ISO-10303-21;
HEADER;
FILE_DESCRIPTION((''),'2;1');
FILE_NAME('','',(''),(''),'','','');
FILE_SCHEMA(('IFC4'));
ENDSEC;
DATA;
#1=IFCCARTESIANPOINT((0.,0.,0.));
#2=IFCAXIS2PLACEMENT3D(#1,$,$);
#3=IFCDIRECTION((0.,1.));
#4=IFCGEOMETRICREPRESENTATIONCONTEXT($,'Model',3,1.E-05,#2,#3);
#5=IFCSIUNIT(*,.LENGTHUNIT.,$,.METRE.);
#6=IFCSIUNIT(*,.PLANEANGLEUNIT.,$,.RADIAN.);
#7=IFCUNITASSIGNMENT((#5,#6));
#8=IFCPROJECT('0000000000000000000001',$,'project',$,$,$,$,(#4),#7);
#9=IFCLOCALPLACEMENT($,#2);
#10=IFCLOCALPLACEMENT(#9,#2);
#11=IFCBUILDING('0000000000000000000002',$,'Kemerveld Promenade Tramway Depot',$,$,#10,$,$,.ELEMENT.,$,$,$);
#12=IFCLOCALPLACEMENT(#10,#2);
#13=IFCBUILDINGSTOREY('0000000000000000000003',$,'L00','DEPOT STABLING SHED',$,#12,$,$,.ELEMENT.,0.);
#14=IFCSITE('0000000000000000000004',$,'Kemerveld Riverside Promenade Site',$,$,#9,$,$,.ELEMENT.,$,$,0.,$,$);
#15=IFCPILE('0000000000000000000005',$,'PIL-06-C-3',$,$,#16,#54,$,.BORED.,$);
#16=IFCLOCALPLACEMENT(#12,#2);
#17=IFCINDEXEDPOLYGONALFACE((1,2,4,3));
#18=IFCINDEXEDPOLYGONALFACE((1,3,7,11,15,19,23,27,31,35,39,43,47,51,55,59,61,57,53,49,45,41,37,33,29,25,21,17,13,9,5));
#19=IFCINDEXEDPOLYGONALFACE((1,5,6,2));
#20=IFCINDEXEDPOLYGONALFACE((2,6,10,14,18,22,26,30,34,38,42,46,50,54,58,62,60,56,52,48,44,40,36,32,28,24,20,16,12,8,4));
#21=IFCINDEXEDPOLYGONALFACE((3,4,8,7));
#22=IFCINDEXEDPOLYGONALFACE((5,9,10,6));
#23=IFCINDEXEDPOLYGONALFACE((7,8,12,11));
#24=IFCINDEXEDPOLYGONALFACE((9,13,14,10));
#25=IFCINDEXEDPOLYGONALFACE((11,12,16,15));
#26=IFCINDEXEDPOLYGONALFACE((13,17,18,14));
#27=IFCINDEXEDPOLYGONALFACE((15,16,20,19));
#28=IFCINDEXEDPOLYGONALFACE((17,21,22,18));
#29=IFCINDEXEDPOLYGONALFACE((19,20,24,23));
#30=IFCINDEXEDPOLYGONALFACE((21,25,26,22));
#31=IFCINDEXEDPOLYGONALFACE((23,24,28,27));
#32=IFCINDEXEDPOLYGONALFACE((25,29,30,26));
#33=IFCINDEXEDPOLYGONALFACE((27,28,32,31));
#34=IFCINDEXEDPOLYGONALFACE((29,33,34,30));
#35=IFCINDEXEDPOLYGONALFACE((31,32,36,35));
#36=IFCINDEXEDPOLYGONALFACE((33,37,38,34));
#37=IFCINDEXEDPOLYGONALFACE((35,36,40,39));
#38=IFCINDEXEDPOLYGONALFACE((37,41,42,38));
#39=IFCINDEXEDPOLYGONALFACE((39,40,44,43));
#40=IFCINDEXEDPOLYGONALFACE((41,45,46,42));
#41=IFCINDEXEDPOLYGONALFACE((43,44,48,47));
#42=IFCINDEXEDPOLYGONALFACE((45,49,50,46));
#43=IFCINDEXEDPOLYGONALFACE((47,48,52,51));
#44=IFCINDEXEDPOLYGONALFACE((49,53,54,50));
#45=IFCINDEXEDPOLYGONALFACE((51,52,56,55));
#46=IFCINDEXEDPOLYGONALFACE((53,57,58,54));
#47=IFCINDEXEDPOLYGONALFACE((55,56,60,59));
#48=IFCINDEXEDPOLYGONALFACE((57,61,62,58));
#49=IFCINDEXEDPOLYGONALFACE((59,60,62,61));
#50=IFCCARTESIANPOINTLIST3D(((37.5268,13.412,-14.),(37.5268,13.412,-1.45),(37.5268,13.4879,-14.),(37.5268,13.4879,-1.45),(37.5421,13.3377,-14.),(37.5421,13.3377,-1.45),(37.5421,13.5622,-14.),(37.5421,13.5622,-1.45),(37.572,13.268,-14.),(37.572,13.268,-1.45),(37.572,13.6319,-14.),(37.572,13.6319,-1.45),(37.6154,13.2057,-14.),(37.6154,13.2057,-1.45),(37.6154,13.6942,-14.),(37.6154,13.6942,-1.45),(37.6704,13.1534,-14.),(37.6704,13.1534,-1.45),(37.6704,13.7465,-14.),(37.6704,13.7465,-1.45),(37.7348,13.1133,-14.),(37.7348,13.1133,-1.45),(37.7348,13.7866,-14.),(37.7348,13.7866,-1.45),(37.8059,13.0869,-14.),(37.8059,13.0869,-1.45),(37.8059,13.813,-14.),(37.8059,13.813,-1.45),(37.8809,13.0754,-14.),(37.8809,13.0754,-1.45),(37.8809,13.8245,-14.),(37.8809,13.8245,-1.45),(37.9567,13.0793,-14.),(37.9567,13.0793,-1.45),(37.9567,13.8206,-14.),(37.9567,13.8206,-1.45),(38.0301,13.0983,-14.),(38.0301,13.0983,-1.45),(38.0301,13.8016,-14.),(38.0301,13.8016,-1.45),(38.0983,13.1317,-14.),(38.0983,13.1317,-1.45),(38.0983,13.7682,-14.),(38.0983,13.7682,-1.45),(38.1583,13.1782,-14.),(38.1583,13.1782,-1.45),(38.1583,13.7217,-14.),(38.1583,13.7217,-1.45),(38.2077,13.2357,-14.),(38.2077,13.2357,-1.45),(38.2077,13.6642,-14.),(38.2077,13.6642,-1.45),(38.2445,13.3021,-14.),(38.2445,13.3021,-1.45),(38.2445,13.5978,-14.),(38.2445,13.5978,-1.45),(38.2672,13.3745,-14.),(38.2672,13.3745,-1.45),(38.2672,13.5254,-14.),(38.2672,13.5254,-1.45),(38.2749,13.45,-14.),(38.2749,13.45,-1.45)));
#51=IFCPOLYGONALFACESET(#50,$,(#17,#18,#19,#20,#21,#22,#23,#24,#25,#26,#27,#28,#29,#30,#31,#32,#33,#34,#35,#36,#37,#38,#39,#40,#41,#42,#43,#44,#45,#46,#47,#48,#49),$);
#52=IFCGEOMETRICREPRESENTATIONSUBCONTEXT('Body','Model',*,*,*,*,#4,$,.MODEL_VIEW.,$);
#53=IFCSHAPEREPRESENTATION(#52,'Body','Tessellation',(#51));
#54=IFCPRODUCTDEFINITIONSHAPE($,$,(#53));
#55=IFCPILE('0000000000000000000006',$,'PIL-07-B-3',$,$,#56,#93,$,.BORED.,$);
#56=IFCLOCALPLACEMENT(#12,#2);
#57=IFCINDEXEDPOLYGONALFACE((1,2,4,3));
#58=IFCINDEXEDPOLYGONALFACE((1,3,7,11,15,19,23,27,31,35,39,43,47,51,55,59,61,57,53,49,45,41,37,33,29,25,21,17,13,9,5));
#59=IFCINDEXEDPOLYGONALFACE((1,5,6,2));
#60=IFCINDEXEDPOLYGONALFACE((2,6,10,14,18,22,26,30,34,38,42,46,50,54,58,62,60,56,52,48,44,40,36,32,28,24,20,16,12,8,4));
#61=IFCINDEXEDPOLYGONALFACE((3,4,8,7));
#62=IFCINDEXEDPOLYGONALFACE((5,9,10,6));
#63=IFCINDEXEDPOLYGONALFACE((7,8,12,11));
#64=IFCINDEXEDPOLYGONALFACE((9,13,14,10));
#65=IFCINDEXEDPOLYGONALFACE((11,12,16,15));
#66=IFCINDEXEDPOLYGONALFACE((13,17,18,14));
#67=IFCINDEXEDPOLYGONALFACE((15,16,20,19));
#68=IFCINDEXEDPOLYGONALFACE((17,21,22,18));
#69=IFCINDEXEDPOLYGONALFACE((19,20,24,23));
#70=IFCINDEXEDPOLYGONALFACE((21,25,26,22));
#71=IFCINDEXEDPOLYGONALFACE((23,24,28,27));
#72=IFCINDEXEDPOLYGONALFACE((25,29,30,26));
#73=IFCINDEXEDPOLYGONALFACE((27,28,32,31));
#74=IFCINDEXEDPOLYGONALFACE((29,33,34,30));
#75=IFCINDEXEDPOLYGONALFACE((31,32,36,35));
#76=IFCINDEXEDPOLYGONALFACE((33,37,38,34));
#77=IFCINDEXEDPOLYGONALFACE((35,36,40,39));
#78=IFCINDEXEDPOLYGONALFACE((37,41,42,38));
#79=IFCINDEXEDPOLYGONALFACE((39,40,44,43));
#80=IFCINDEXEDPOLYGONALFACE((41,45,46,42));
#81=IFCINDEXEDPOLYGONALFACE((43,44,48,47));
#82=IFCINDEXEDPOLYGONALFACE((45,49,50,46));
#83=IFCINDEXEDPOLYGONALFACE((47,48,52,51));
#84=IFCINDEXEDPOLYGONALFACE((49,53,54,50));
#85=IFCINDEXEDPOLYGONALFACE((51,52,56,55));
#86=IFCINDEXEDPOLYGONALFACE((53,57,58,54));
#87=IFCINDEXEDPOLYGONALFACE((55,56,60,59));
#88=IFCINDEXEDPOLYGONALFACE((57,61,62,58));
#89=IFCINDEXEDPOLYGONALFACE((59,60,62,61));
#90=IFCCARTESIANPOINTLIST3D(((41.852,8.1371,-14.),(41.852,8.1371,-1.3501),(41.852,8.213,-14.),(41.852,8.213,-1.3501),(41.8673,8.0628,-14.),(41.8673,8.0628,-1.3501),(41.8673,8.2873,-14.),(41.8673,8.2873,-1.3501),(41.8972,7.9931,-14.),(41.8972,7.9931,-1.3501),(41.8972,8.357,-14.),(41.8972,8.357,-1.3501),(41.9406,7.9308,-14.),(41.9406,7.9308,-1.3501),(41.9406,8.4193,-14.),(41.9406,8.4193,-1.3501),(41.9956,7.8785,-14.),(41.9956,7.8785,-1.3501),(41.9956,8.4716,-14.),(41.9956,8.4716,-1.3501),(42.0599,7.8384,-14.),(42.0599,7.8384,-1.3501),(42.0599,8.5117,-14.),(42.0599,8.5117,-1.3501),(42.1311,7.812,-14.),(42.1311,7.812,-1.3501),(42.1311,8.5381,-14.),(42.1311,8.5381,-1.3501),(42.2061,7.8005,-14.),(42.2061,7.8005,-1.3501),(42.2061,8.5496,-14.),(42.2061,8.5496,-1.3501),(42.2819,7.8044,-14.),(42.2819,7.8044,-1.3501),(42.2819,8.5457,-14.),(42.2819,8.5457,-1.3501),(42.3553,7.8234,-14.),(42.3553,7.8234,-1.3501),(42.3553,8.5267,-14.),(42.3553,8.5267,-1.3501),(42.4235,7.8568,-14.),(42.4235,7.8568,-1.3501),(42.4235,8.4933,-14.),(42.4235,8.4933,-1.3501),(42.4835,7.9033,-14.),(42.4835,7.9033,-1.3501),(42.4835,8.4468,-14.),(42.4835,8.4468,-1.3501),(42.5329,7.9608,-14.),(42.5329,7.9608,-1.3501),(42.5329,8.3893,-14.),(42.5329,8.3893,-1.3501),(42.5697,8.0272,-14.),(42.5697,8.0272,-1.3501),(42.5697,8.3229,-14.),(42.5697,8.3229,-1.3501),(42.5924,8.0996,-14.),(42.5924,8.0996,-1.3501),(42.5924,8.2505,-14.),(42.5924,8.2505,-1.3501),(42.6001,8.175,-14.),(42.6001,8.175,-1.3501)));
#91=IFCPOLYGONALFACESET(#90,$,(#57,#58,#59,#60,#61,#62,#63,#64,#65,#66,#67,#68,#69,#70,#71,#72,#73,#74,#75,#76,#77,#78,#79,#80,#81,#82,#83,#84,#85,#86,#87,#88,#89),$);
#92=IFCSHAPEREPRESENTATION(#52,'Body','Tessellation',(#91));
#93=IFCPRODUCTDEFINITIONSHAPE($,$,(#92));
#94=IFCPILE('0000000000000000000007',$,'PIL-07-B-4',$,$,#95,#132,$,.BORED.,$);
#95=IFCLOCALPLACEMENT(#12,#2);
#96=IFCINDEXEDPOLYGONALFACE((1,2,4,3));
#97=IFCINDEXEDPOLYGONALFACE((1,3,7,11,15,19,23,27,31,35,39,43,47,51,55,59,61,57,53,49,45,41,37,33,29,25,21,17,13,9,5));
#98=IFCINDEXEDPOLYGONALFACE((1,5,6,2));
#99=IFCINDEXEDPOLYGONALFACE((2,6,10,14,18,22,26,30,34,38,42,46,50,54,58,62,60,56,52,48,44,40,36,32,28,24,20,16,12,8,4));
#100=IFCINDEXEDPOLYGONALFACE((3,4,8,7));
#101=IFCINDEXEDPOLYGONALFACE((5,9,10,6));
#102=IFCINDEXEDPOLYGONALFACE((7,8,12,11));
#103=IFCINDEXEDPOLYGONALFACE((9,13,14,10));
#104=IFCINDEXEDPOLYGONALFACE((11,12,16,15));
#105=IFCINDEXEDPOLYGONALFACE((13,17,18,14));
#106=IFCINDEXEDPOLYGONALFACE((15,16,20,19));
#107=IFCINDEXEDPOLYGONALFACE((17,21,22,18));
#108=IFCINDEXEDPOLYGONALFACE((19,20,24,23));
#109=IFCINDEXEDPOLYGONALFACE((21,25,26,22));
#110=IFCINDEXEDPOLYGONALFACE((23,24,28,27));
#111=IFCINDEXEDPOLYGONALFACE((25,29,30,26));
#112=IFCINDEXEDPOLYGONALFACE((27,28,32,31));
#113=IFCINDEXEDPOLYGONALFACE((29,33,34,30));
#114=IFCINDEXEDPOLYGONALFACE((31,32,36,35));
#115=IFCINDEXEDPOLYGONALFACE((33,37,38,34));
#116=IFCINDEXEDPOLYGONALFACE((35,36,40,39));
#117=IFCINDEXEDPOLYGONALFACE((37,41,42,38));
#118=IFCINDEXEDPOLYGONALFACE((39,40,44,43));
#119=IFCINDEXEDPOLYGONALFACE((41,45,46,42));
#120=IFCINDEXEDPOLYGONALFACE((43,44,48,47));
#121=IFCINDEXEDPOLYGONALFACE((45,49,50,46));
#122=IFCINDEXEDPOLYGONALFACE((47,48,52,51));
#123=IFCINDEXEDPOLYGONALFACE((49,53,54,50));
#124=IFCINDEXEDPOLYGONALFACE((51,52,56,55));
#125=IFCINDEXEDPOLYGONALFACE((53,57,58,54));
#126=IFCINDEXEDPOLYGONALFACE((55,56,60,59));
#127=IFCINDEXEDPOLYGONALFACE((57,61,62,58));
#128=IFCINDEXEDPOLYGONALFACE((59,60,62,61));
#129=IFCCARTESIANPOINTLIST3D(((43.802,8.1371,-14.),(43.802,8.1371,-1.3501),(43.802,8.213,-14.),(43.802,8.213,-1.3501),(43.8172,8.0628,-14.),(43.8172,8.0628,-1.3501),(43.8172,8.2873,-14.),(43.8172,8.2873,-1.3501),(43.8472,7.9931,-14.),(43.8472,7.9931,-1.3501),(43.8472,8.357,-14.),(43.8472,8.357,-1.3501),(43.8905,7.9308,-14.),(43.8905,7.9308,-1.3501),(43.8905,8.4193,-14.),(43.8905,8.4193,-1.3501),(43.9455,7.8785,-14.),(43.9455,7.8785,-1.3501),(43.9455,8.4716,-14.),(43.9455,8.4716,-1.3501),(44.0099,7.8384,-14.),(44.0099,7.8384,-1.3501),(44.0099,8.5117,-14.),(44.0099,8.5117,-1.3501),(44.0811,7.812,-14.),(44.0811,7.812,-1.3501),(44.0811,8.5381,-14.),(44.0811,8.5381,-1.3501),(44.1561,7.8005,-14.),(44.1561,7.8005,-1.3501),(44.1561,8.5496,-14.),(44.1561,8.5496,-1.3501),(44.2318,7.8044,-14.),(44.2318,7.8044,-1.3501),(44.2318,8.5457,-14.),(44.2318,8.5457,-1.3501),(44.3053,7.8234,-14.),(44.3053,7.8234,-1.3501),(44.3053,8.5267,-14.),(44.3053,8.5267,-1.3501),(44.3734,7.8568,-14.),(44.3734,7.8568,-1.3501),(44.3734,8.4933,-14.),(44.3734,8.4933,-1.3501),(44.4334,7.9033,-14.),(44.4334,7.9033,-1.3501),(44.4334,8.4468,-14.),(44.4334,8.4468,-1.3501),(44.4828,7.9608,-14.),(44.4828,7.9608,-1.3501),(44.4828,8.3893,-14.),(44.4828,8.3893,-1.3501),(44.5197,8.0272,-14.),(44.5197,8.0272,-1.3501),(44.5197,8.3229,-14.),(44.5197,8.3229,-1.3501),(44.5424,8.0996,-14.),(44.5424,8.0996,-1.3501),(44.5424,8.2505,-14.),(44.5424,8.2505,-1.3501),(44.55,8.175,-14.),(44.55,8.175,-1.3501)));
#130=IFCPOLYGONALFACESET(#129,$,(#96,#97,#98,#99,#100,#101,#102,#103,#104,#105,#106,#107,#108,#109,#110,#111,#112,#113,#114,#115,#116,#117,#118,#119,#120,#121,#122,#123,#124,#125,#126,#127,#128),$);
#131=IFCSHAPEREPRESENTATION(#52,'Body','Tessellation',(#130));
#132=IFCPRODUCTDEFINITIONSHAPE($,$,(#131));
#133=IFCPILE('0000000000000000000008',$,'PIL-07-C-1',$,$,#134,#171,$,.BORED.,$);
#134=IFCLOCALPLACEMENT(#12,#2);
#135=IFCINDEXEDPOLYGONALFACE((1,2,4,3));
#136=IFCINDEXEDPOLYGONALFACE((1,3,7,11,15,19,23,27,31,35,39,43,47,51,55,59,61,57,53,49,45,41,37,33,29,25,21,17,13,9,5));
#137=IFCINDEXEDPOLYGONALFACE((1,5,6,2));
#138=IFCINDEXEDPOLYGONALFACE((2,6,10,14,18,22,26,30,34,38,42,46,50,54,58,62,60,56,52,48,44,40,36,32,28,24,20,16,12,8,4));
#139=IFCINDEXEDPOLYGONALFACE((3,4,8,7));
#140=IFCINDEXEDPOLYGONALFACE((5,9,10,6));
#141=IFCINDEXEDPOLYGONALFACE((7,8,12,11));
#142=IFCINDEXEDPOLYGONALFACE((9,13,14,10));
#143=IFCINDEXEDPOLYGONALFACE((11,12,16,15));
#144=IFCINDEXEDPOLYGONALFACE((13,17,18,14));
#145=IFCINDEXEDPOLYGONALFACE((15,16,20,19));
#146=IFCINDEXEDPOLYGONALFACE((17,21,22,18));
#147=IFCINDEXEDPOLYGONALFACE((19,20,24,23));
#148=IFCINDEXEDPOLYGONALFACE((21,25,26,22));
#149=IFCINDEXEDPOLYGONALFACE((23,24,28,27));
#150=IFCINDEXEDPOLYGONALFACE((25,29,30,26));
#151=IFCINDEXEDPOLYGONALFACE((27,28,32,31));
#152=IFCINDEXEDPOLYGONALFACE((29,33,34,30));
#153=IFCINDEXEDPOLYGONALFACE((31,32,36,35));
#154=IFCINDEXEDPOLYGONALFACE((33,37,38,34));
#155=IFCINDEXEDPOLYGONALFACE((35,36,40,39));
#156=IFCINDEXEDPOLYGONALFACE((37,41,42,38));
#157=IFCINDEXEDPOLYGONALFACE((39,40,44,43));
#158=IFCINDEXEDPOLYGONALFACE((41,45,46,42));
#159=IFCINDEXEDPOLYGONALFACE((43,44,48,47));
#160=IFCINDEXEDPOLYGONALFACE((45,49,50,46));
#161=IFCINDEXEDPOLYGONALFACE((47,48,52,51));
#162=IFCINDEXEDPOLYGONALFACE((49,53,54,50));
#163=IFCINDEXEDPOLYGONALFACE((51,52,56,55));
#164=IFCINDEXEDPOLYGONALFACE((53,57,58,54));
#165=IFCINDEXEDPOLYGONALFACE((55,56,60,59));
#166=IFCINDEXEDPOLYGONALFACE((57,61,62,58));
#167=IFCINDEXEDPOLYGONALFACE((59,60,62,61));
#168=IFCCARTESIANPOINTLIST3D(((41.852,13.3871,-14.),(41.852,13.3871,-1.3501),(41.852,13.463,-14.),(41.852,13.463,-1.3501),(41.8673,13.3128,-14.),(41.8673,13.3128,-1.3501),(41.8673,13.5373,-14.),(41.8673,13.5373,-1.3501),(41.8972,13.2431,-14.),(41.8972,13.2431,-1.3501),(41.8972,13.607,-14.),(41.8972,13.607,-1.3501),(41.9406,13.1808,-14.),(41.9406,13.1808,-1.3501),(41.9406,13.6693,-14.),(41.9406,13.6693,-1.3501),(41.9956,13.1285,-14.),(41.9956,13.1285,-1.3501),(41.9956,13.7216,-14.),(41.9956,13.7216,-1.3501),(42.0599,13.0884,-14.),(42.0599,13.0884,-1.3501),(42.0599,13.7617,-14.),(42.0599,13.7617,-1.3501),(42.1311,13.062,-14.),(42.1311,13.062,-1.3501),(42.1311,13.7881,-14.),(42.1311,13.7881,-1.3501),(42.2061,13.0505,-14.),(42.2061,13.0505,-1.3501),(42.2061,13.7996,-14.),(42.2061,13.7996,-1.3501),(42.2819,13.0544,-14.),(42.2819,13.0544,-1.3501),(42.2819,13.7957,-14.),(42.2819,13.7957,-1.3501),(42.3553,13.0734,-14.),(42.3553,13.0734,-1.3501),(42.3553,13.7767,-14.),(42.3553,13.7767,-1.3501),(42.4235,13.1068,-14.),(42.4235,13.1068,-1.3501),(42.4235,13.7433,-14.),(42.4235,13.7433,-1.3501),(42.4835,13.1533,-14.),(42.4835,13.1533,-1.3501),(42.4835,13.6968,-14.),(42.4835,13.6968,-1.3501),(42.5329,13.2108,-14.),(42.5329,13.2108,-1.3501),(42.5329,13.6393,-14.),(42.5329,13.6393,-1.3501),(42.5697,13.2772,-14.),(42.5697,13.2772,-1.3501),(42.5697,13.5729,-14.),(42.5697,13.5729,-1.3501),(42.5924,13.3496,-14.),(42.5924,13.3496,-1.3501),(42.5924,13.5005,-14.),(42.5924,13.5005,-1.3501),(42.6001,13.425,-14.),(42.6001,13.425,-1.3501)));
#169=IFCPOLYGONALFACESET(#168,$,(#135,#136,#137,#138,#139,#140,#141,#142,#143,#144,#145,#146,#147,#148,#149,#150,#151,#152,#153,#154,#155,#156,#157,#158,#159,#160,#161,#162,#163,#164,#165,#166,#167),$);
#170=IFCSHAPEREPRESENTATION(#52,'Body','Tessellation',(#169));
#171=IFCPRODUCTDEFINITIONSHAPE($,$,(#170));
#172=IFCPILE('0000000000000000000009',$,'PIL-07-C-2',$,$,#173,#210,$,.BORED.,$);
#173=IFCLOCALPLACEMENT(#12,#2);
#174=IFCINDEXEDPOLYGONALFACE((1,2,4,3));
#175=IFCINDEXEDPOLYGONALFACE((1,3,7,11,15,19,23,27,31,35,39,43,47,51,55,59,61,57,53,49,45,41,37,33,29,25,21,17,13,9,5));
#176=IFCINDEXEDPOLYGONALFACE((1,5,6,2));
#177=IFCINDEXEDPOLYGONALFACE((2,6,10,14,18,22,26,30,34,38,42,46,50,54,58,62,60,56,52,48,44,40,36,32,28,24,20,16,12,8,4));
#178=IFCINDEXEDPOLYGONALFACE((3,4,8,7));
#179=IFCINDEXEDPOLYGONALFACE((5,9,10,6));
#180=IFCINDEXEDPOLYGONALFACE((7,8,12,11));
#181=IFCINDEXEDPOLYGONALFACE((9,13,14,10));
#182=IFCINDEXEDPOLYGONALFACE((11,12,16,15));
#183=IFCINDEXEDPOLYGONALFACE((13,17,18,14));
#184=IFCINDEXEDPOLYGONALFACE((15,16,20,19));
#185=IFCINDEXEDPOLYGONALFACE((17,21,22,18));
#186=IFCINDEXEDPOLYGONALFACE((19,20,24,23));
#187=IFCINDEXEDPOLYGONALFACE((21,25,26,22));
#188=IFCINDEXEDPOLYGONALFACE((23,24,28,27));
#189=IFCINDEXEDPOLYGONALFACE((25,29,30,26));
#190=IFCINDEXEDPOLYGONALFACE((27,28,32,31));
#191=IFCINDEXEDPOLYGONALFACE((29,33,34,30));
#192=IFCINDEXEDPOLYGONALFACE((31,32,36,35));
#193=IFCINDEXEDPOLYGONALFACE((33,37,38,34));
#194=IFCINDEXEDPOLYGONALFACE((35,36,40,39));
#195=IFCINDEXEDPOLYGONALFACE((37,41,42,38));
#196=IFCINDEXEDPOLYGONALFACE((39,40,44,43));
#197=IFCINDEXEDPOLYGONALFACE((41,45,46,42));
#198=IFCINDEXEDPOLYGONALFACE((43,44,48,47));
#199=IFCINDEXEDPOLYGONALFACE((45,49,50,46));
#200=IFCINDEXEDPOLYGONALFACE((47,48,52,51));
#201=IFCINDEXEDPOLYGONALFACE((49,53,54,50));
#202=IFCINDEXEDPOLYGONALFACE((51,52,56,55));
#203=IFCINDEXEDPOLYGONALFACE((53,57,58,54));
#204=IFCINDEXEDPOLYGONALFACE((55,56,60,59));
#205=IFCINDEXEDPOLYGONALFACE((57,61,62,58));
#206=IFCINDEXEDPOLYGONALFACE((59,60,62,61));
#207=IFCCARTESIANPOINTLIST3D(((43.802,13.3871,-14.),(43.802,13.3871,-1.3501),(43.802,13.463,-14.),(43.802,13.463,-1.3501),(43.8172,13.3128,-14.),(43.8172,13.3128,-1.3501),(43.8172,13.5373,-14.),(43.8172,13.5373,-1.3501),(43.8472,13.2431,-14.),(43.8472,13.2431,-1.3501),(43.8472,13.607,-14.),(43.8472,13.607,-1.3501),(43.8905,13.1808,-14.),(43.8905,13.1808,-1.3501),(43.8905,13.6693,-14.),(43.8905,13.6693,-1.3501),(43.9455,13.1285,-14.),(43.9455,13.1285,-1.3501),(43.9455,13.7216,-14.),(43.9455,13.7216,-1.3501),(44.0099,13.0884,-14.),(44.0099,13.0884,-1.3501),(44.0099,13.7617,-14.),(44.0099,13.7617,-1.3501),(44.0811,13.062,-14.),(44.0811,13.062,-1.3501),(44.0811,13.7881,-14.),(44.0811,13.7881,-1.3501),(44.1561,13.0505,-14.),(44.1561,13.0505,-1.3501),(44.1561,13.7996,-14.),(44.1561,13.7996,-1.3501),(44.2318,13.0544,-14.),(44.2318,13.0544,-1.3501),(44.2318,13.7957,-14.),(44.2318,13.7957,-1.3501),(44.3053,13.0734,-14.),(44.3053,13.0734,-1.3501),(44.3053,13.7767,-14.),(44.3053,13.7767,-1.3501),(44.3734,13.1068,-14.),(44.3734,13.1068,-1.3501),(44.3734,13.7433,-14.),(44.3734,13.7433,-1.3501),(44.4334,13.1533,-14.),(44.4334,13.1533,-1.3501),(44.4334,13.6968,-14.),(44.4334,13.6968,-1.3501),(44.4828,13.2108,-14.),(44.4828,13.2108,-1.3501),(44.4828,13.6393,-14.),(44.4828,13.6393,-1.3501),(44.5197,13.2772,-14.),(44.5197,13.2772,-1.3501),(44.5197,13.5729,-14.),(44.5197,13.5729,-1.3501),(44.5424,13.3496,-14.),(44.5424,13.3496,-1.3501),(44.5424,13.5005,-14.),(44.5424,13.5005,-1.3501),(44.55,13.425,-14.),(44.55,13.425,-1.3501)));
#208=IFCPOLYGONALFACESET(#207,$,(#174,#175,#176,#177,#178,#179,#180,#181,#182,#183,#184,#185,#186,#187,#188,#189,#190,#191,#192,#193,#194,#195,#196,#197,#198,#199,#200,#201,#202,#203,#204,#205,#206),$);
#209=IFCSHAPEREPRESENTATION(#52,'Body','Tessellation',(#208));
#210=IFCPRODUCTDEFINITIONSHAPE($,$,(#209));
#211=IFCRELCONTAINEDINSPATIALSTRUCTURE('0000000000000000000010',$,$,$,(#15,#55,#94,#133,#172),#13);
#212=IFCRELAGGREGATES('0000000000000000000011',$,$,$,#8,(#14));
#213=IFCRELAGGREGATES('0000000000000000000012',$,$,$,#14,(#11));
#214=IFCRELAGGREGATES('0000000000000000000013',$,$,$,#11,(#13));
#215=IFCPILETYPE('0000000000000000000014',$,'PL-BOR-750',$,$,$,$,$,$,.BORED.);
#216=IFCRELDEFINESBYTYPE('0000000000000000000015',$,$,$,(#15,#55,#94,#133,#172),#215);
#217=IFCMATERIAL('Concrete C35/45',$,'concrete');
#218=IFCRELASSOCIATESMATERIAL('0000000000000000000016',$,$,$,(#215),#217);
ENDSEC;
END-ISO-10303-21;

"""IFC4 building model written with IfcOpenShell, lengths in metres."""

from ifc_helpers import new_model, si_unit, direction, frame, origin, origin_2d, place, context, subcontext, project, spatial, circle, extrude, material, material_profile, profile_set, type_object, element, save


model = new_model("IFC4")

# Units and contexts
model_context = context("Model", 3, precision=1e-05, world=origin(), true_north=direction((0.0, 1.0)))
body_context = subcontext(model_context, "Body", "Model", "MODEL_VIEW")
ifc_project = project(units=[si_unit("LENGTHUNIT", "METRE"), si_unit("PLANEANGLEUNIT", "RADIAN")], contexts=[model_context])

# Site, building, storey
site_placement = place(None, origin())
site = spatial("IfcSite", under=ifc_project, at=site_placement, Name="Kemerveld Riverside Promenade Site", CompositionType="ELEMENT", RefElevation=0.0)
building_placement = place(site_placement, origin())
building = spatial("IfcBuilding", under=site, at=building_placement, Name="Kemerveld Promenade Tramway Depot", CompositionType="ELEMENT")
storey_placement = place(building_placement, origin())
storey = spatial("IfcBuildingStorey", under=building, at=storey_placement, Name="L00", Description="DEPOT STABLING SHED", CompositionType="ELEMENT", Elevation=0.0)

# Shared definitions
ifc_material_1 = material(Name="Concrete C35/45", Category="concrete")

# Piles
ifc_material_profile_1 = material_profile(ifc_material_1, circle(Radius=0.375, at=origin_2d()), Name="PILE-D750")
ifc_profile_set_1 = profile_set([ifc_material_profile_1], Name="Concrete C35/45")
pile_type = type_object("IfcPileType", Name="PL-BOR-750", PredefinedType="BORED", material=ifc_profile_set_1)
for number, where, z_axis, x_axis, name in (
    (1, (37.8999, 13.45, -1.45), (0.0, 0.0, -1.0), (1.0, 0.0, 0.0), "PIL-06-C-3"),
):
    element("IfcPile", number, at=place(storey_placement, frame(where, z_axis=z_axis, x_axis=x_axis)), inside=storey, type_object=pile_type, Name=name, PredefinedType="BORED", context=body_context, shape_type="SweptSolid", body=[
        extrude(circle(Radius=0.375, at=origin_2d()), origin(), (0.0, 0.0, 1.0), 12.55),
    ])
for number, where, z_axis, x_axis, name in (
    (2, (42.2251, 8.175, -1.3501), (0.0, 0.0, -1.0), (1.0, 0.0, 0.0), "PIL-07-B-3"),
    (3, (44.175, 8.175, -1.3501), (0.0, 0.0, -1.0), (1.0, 0.0, 0.0), "PIL-07-B-4"),
    (4, (42.2251, 13.425, -1.3501), (0.0, 0.0, -1.0), (1.0, 0.0, 0.0), "PIL-07-C-1"),
    (5, (44.175, 13.425, -1.3501), (0.0, 0.0, -1.0), (1.0, 0.0, 0.0), "PIL-07-C-2"),
):
    element("IfcPile", number, at=place(storey_placement, frame(where, z_axis=z_axis, x_axis=x_axis)), inside=storey, type_object=pile_type, Name=name, PredefinedType="BORED", context=body_context, shape_type="SweptSolid", body=[
        extrude(circle(Radius=0.375, at=origin_2d()), origin(), (0.0, 0.0, 1.0), 12.6499),
    ])

save(model, "model.ifc")
